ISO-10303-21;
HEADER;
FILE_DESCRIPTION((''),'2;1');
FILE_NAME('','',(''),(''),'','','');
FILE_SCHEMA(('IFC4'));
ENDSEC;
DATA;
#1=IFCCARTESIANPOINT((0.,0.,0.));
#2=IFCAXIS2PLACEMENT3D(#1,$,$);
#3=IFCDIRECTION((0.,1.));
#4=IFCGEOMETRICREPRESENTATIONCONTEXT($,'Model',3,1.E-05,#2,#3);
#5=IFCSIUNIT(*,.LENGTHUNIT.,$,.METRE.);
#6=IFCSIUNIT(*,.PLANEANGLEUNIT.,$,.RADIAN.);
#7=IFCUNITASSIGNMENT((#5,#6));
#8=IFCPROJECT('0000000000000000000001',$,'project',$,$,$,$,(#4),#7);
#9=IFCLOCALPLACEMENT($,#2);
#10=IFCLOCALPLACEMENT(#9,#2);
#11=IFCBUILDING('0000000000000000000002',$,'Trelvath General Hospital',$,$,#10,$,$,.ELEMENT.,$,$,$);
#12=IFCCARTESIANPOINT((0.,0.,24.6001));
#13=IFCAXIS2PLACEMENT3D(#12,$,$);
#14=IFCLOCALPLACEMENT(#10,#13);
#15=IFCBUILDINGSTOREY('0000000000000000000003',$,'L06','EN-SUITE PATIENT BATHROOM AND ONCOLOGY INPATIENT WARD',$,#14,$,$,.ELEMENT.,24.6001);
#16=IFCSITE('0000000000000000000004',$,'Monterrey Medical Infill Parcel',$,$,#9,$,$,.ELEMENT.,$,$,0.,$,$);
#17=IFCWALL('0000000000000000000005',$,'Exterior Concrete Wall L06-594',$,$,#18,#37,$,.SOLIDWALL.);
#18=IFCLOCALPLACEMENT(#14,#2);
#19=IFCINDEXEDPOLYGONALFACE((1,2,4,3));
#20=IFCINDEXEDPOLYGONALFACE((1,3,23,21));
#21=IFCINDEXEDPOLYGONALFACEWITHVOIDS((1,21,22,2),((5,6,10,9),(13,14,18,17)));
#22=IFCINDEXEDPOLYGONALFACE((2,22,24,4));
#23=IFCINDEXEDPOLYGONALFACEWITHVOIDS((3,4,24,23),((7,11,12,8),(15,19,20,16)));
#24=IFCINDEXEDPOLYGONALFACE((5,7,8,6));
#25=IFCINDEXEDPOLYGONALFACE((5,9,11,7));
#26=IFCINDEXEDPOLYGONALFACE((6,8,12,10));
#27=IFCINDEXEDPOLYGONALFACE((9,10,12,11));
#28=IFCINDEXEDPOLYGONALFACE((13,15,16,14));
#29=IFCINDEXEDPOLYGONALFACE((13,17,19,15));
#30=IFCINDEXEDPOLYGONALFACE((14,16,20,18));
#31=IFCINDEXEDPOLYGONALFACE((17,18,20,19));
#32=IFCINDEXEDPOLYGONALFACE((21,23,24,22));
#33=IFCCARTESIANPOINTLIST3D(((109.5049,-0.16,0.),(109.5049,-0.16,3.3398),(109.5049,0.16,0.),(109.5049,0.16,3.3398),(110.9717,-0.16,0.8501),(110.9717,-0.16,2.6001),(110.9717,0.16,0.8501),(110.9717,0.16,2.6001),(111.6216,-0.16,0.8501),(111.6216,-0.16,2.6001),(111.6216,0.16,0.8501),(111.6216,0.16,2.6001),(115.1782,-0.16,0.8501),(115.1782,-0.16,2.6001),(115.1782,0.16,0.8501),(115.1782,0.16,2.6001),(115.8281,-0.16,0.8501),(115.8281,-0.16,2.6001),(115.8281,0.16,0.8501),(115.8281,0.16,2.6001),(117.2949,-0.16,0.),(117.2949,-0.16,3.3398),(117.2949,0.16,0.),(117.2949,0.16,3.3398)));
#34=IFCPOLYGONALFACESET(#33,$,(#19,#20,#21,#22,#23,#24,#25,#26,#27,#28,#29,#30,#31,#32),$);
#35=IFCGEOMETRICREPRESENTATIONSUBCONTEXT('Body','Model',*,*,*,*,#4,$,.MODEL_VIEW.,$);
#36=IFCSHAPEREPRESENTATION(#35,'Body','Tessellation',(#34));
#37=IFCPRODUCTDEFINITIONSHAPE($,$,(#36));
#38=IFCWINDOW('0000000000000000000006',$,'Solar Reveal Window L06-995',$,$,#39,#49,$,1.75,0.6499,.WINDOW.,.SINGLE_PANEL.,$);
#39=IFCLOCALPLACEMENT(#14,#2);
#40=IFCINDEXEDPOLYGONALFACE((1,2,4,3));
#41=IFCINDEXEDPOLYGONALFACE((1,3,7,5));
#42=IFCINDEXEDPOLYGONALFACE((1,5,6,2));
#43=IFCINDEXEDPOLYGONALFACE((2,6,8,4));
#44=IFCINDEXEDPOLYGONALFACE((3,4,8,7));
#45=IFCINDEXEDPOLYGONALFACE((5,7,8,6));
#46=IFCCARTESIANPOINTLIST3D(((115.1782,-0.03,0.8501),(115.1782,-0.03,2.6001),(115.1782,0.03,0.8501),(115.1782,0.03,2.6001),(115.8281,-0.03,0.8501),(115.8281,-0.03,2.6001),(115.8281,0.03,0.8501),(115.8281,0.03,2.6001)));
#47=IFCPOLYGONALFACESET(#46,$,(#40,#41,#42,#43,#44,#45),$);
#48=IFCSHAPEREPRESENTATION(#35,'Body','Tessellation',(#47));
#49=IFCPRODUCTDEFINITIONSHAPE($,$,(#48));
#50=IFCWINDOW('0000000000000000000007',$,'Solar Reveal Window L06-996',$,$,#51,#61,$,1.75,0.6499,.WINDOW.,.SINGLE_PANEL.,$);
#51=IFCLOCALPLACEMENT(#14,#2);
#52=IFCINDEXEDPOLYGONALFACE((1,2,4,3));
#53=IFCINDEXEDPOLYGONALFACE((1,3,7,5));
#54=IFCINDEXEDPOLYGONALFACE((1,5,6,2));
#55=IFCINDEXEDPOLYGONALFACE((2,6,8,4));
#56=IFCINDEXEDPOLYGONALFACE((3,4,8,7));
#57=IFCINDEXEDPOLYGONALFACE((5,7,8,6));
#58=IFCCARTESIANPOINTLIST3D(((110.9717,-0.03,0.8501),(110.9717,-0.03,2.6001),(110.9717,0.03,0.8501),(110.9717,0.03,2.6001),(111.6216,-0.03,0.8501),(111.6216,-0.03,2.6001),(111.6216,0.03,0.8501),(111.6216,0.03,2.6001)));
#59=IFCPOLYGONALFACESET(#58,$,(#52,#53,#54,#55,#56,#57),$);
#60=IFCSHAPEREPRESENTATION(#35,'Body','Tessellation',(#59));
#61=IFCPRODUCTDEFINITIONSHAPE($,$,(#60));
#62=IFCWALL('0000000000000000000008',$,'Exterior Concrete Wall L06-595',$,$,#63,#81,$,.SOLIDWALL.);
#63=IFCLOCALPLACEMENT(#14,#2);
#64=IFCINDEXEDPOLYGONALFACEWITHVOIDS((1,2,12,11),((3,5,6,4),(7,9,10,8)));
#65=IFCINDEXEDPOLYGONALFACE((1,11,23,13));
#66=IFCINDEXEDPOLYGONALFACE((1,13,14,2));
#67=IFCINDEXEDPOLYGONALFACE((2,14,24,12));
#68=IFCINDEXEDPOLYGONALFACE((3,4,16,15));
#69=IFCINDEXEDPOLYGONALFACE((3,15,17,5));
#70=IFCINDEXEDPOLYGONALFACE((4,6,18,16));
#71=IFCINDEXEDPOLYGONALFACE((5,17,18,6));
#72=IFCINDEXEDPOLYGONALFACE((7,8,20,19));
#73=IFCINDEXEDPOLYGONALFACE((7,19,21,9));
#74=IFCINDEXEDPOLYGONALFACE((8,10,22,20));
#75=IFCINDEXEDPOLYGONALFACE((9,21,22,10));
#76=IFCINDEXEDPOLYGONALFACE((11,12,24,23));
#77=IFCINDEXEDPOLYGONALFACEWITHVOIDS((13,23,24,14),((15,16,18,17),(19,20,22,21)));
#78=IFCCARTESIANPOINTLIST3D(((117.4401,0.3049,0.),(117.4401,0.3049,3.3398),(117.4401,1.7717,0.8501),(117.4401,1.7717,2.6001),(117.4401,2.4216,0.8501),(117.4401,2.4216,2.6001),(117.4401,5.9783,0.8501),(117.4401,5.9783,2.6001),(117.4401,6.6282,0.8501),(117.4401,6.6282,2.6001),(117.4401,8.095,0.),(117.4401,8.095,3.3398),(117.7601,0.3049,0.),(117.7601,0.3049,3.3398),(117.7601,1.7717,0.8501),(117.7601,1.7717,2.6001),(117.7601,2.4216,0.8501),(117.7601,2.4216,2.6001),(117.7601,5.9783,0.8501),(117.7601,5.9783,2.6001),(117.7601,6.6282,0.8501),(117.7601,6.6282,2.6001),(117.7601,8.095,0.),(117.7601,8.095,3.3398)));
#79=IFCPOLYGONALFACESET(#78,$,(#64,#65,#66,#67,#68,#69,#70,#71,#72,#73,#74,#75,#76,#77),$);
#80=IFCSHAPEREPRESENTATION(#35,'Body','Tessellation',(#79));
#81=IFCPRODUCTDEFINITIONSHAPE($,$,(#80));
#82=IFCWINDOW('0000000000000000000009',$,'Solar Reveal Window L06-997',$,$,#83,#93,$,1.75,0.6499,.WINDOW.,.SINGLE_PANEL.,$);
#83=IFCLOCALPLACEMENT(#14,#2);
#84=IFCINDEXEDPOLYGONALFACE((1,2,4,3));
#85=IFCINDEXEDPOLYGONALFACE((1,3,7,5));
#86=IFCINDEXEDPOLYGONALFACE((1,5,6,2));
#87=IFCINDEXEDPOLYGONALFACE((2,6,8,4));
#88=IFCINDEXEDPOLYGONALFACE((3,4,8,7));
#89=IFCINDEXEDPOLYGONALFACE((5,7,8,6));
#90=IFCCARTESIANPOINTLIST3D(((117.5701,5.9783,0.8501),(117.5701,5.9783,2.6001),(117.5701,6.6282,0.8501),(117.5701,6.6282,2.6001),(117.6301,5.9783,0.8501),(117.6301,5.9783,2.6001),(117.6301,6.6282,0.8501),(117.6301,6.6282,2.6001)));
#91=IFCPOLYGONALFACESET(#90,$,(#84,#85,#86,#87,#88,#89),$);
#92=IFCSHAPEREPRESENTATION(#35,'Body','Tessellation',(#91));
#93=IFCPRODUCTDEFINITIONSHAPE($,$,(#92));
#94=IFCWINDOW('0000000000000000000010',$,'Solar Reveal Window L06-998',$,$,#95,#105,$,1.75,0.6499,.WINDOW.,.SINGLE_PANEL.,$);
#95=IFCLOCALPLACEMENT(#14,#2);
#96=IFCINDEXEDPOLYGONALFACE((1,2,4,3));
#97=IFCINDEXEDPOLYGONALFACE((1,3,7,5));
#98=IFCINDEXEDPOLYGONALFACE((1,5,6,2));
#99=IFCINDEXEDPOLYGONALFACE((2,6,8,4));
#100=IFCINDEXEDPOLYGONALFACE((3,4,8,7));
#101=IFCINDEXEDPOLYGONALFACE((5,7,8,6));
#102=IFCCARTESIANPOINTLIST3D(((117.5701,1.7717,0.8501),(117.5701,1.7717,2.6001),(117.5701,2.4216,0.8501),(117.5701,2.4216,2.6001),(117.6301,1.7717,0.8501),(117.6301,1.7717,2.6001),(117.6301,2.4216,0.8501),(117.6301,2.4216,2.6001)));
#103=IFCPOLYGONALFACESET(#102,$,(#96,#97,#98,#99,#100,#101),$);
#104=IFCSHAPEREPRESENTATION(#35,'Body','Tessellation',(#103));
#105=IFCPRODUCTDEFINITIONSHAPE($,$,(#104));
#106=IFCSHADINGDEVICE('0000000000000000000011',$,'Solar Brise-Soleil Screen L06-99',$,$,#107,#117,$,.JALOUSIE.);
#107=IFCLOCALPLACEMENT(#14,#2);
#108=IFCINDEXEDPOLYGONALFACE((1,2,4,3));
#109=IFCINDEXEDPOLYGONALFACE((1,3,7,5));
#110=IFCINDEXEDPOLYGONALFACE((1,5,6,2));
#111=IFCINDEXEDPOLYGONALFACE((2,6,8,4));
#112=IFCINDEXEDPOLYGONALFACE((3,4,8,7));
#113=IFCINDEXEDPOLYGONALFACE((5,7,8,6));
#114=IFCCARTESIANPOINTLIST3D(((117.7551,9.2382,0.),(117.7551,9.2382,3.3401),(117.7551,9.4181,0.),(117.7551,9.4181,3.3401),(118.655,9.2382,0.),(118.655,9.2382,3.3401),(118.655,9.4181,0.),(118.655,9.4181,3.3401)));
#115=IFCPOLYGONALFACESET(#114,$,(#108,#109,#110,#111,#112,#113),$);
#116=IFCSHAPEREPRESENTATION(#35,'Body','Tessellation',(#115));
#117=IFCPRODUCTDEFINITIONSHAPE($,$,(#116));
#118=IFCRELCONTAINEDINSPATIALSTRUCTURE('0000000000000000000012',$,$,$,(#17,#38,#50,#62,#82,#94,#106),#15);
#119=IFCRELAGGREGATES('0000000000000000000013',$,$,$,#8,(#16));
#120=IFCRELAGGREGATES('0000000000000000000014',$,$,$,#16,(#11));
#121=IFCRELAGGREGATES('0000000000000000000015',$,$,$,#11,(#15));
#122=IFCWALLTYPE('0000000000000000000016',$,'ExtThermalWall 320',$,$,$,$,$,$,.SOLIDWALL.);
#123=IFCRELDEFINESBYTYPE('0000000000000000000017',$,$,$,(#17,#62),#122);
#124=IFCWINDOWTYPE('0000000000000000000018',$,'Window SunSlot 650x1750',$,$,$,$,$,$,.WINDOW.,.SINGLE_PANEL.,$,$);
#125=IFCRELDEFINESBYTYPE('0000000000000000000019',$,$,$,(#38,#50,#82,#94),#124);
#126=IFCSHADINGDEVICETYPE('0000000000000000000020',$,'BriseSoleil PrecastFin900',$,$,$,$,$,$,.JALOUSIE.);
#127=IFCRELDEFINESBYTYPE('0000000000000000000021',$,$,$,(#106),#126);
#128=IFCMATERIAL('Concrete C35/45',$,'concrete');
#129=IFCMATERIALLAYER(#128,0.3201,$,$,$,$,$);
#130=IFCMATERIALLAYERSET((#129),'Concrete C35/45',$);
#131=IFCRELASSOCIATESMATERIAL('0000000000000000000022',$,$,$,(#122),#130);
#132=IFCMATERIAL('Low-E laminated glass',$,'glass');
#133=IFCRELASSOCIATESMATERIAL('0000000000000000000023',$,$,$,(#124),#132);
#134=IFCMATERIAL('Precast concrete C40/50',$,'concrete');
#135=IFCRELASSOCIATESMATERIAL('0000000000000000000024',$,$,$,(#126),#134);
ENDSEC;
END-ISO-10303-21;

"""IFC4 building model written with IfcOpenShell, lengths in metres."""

from ifc_helpers import new_model, si_unit, direction, frame, frame_2d, origin, origin_2d, place, context, subcontext, project, spatial, rectangle, extrude, material, layer, layer_set, type_object, element, fill, save


model = new_model("IFC4")

# Units and contexts
model_context = context("Model", 3, precision=1e-05, world=origin(), true_north=direction((0.0, 1.0)))
body_context = subcontext(model_context, "Body", "Model", "MODEL_VIEW")
ifc_project = project(units=[si_unit("LENGTHUNIT", "METRE"), si_unit("PLANEANGLEUNIT", "RADIAN")], contexts=[model_context])

# Site, building, storey
site_placement = place(None, origin())
site = spatial("IfcSite", under=ifc_project, at=site_placement, Name="Monterrey Medical Infill Parcel", CompositionType="ELEMENT", RefElevation=0.0)
building_placement = place(site_placement, origin())
building = spatial("IfcBuilding", under=site, at=building_placement, Name="Trelvath General Hospital", CompositionType="ELEMENT")
storey_placement = place(building_placement, frame((0.0, 0.0, 24.6001)))
storey = spatial("IfcBuildingStorey", under=building, at=storey_placement, Name="L06", Description="EN-SUITE PATIENT BATHROOM AND ONCOLOGY INPATIENT WARD", CompositionType="ELEMENT", Elevation=24.6001)

# Walls, openings, windows
ifc_material_1 = material(Name="Concrete C35/45", Category="concrete")
ifc_layer_1 = layer(ifc_material_1, 0.3201)
ifc_layer_set_1 = layer_set([ifc_layer_1], Name="Concrete C35/45")
wall_type_1 = type_object("IfcWallType", Name="ExtThermalWall 320", PredefinedType="SOLIDWALL", material=ifc_layer_set_1)
wall_1_placement = place(storey_placement, frame((117.2949, 0.0, 0.0), z_axis=(0.0, 0.0, 1.0), x_axis=(-1.0, 0.0, 0.0)))
wall_1 = element("IfcWall", 1, at=wall_1_placement, inside=storey, type_object=wall_type_1, Name="Exterior Concrete Wall L06-594", PredefinedType="SOLIDWALL", context=body_context, shape_type="SweptSolid", body=[
    extrude(rectangle(XDim=7.79, YDim=0.3201, at=frame_2d((3.895, 0.0))), origin(), (0.0, 0.0, 1.0), 3.3398),
])
opening_1_placement = place(wall_1_placement, frame((1.4668, 0.0, 0.8501)))
opening_1 = element("IfcOpeningElement", 2, at=opening_1_placement, cuts=wall_1, PredefinedType="OPENING", context=body_context, shape_type="SweptSolid", body=[
    extrude(rectangle(XDim=0.6499, YDim=1.75, at=frame_2d((0.325, 0.875))), frame((0.0, 0.1699, 0.0), z_axis=(0.0, -1.0, 0.0), x_axis=(1.0, 0.0, 0.0)), (0.0, 0.0, 1.0), 0.3401),
])
opening_2_placement = place(wall_1_placement, frame((5.6733, 0.0, 0.8501)))
opening_2 = element("IfcOpeningElement", 3, at=opening_2_placement, cuts=wall_1, PredefinedType="OPENING", context=body_context, shape_type="SweptSolid", body=[
    extrude(rectangle(XDim=0.6499, YDim=1.75, at=frame_2d((0.325, 0.875))), frame((0.0, 0.1699, 0.0), z_axis=(0.0, -1.0, 0.0), x_axis=(1.0, 0.0, 0.0)), (0.0, 0.0, 1.0), 0.3401),
])
ifc_material_2 = material(Name="Low-E laminated glass", Category="glass")
window_type = type_object("IfcWindowType", Name="Window SunSlot 650x1750", PartitioningType="SINGLE_PANEL", PredefinedType="WINDOW", material=ifc_material_2)
window_1_placement = place(opening_1_placement, origin())
window_1 = element("IfcWindow", 4, at=window_1_placement, inside=storey, type_object=window_type, Name="Solar Reveal Window L06-995", OverallHeight=1.75, OverallWidth=0.6499, PartitioningType="SINGLE_PANEL", PredefinedType="WINDOW", context=body_context, shape_type="SweptSolid", body=[
    extrude(rectangle(XDim=0.6499, YDim=1.75, at=frame_2d((0.325, 0.875))), frame((0.0, 0.03, 0.0), z_axis=(0.0, -1.0, 0.0), x_axis=(1.0, 0.0, 0.0)), (0.0, 0.0, 1.0), 0.0601),
])
fill(opening_1, window_1)
window_2_placement = place(opening_2_placement, origin())
window_2 = element("IfcWindow", 5, at=window_2_placement, inside=storey, type_object=window_type, Name="Solar Reveal Window L06-996", OverallHeight=1.75, OverallWidth=0.6499, PartitioningType="SINGLE_PANEL", PredefinedType="WINDOW", context=body_context, shape_type="SweptSolid", body=[
    extrude(rectangle(XDim=0.6499, YDim=1.75, at=frame_2d((0.325, 0.875))), frame((0.0, 0.03, 0.0), z_axis=(0.0, -1.0, 0.0), x_axis=(1.0, 0.0, 0.0)), (0.0, 0.0, 1.0), 0.0601),
])
fill(opening_2, window_2)
wall_2_placement = place(storey_placement, frame((117.6001, 8.095, 0.0), z_axis=(0.0, 0.0, 1.0), x_axis=(0.0, -1.0, 0.0)))
wall_2 = element("IfcWall", 6, at=wall_2_placement, inside=storey, type_object=wall_type_1, Name="Exterior Concrete Wall L06-595", PredefinedType="SOLIDWALL", context=body_context, shape_type="SweptSolid", body=[
    extrude(rectangle(XDim=7.79, YDim=0.3201, at=frame_2d((3.895, 0.0))), origin(), (0.0, 0.0, 1.0), 3.3398),
])
opening_3_placement = place(wall_2_placement, frame((1.4668, 0.0, 0.8501)))
opening_3 = element("IfcOpeningElement", 7, at=opening_3_placement, cuts=wall_2, PredefinedType="OPENING", context=body_context, shape_type="SweptSolid", body=[
    extrude(rectangle(XDim=0.6499, YDim=1.75, at=frame_2d((0.325, 0.875))), frame((0.0, 0.1699, 0.0), z_axis=(0.0, -1.0, 0.0), x_axis=(1.0, 0.0, 0.0)), (0.0, 0.0, 1.0), 0.3401),
])
opening_4_placement = place(wall_2_placement, frame((5.6733, 0.0, 0.8501)))
opening_4 = element("IfcOpeningElement", 8, at=opening_4_placement, cuts=wall_2, PredefinedType="OPENING", context=body_context, shape_type="SweptSolid", body=[
    extrude(rectangle(XDim=0.6499, YDim=1.75, at=frame_2d((0.325, 0.875))), frame((0.0, 0.1699, 0.0), z_axis=(0.0, -1.0, 0.0), x_axis=(1.0, 0.0, 0.0)), (0.0, 0.0, 1.0), 0.3401),
])
window_3_placement = place(opening_3_placement, origin())
window_3 = element("IfcWindow", 9, at=window_3_placement, inside=storey, type_object=window_type, Name="Solar Reveal Window L06-997", OverallHeight=1.75, OverallWidth=0.6499, PartitioningType="SINGLE_PANEL", PredefinedType="WINDOW", context=body_context, shape_type="SweptSolid", body=[
    extrude(rectangle(XDim=0.6499, YDim=1.75, at=frame_2d((0.325, 0.875))), frame((0.0, 0.03, 0.0), z_axis=(0.0, -1.0, 0.0), x_axis=(1.0, 0.0, 0.0)), (0.0, 0.0, 1.0), 0.0601),
])
fill(opening_3, window_3)
window_4_placement = place(opening_4_placement, origin())
window_4 = element("IfcWindow", 10, at=window_4_placement, inside=storey, type_object=window_type, Name="Solar Reveal Window L06-998", OverallHeight=1.75, OverallWidth=0.6499, PartitioningType="SINGLE_PANEL", PredefinedType="WINDOW", context=body_context, shape_type="SweptSolid", body=[
    extrude(rectangle(XDim=0.6499, YDim=1.75, at=frame_2d((0.325, 0.875))), frame((0.0, 0.03, 0.0), z_axis=(0.0, -1.0, 0.0), x_axis=(1.0, 0.0, 0.0)), (0.0, 0.0, 1.0), 0.0601),
])
fill(opening_4, window_4)

# Shading device
ifc_material_3 = material(Name="Precast concrete C40/50", Category="concrete")
shading_device_type = type_object("IfcShadingDeviceType", Name="BriseSoleil PrecastFin900", PredefinedType="JALOUSIE", material=ifc_material_3)
shading_device_placement = place(storey_placement, frame((118.2051, 9.3281, 0.0), z_axis=(0.0, 0.0, 1.0), x_axis=(1.0, 0.0, 0.0)))
element("IfcShadingDevice", 11, at=shading_device_placement, inside=storey, type_object=shading_device_type, Name="Solar Brise-Soleil Screen L06-99", PredefinedType="JALOUSIE", context=body_context, shape_type="SweptSolid", body=[
    extrude(rectangle(XDim=0.8999, YDim=0.1799, at=origin_2d()), origin(), (0.0, 0.0, 1.0), 3.3401),
])

save(model, "model.ifc")
